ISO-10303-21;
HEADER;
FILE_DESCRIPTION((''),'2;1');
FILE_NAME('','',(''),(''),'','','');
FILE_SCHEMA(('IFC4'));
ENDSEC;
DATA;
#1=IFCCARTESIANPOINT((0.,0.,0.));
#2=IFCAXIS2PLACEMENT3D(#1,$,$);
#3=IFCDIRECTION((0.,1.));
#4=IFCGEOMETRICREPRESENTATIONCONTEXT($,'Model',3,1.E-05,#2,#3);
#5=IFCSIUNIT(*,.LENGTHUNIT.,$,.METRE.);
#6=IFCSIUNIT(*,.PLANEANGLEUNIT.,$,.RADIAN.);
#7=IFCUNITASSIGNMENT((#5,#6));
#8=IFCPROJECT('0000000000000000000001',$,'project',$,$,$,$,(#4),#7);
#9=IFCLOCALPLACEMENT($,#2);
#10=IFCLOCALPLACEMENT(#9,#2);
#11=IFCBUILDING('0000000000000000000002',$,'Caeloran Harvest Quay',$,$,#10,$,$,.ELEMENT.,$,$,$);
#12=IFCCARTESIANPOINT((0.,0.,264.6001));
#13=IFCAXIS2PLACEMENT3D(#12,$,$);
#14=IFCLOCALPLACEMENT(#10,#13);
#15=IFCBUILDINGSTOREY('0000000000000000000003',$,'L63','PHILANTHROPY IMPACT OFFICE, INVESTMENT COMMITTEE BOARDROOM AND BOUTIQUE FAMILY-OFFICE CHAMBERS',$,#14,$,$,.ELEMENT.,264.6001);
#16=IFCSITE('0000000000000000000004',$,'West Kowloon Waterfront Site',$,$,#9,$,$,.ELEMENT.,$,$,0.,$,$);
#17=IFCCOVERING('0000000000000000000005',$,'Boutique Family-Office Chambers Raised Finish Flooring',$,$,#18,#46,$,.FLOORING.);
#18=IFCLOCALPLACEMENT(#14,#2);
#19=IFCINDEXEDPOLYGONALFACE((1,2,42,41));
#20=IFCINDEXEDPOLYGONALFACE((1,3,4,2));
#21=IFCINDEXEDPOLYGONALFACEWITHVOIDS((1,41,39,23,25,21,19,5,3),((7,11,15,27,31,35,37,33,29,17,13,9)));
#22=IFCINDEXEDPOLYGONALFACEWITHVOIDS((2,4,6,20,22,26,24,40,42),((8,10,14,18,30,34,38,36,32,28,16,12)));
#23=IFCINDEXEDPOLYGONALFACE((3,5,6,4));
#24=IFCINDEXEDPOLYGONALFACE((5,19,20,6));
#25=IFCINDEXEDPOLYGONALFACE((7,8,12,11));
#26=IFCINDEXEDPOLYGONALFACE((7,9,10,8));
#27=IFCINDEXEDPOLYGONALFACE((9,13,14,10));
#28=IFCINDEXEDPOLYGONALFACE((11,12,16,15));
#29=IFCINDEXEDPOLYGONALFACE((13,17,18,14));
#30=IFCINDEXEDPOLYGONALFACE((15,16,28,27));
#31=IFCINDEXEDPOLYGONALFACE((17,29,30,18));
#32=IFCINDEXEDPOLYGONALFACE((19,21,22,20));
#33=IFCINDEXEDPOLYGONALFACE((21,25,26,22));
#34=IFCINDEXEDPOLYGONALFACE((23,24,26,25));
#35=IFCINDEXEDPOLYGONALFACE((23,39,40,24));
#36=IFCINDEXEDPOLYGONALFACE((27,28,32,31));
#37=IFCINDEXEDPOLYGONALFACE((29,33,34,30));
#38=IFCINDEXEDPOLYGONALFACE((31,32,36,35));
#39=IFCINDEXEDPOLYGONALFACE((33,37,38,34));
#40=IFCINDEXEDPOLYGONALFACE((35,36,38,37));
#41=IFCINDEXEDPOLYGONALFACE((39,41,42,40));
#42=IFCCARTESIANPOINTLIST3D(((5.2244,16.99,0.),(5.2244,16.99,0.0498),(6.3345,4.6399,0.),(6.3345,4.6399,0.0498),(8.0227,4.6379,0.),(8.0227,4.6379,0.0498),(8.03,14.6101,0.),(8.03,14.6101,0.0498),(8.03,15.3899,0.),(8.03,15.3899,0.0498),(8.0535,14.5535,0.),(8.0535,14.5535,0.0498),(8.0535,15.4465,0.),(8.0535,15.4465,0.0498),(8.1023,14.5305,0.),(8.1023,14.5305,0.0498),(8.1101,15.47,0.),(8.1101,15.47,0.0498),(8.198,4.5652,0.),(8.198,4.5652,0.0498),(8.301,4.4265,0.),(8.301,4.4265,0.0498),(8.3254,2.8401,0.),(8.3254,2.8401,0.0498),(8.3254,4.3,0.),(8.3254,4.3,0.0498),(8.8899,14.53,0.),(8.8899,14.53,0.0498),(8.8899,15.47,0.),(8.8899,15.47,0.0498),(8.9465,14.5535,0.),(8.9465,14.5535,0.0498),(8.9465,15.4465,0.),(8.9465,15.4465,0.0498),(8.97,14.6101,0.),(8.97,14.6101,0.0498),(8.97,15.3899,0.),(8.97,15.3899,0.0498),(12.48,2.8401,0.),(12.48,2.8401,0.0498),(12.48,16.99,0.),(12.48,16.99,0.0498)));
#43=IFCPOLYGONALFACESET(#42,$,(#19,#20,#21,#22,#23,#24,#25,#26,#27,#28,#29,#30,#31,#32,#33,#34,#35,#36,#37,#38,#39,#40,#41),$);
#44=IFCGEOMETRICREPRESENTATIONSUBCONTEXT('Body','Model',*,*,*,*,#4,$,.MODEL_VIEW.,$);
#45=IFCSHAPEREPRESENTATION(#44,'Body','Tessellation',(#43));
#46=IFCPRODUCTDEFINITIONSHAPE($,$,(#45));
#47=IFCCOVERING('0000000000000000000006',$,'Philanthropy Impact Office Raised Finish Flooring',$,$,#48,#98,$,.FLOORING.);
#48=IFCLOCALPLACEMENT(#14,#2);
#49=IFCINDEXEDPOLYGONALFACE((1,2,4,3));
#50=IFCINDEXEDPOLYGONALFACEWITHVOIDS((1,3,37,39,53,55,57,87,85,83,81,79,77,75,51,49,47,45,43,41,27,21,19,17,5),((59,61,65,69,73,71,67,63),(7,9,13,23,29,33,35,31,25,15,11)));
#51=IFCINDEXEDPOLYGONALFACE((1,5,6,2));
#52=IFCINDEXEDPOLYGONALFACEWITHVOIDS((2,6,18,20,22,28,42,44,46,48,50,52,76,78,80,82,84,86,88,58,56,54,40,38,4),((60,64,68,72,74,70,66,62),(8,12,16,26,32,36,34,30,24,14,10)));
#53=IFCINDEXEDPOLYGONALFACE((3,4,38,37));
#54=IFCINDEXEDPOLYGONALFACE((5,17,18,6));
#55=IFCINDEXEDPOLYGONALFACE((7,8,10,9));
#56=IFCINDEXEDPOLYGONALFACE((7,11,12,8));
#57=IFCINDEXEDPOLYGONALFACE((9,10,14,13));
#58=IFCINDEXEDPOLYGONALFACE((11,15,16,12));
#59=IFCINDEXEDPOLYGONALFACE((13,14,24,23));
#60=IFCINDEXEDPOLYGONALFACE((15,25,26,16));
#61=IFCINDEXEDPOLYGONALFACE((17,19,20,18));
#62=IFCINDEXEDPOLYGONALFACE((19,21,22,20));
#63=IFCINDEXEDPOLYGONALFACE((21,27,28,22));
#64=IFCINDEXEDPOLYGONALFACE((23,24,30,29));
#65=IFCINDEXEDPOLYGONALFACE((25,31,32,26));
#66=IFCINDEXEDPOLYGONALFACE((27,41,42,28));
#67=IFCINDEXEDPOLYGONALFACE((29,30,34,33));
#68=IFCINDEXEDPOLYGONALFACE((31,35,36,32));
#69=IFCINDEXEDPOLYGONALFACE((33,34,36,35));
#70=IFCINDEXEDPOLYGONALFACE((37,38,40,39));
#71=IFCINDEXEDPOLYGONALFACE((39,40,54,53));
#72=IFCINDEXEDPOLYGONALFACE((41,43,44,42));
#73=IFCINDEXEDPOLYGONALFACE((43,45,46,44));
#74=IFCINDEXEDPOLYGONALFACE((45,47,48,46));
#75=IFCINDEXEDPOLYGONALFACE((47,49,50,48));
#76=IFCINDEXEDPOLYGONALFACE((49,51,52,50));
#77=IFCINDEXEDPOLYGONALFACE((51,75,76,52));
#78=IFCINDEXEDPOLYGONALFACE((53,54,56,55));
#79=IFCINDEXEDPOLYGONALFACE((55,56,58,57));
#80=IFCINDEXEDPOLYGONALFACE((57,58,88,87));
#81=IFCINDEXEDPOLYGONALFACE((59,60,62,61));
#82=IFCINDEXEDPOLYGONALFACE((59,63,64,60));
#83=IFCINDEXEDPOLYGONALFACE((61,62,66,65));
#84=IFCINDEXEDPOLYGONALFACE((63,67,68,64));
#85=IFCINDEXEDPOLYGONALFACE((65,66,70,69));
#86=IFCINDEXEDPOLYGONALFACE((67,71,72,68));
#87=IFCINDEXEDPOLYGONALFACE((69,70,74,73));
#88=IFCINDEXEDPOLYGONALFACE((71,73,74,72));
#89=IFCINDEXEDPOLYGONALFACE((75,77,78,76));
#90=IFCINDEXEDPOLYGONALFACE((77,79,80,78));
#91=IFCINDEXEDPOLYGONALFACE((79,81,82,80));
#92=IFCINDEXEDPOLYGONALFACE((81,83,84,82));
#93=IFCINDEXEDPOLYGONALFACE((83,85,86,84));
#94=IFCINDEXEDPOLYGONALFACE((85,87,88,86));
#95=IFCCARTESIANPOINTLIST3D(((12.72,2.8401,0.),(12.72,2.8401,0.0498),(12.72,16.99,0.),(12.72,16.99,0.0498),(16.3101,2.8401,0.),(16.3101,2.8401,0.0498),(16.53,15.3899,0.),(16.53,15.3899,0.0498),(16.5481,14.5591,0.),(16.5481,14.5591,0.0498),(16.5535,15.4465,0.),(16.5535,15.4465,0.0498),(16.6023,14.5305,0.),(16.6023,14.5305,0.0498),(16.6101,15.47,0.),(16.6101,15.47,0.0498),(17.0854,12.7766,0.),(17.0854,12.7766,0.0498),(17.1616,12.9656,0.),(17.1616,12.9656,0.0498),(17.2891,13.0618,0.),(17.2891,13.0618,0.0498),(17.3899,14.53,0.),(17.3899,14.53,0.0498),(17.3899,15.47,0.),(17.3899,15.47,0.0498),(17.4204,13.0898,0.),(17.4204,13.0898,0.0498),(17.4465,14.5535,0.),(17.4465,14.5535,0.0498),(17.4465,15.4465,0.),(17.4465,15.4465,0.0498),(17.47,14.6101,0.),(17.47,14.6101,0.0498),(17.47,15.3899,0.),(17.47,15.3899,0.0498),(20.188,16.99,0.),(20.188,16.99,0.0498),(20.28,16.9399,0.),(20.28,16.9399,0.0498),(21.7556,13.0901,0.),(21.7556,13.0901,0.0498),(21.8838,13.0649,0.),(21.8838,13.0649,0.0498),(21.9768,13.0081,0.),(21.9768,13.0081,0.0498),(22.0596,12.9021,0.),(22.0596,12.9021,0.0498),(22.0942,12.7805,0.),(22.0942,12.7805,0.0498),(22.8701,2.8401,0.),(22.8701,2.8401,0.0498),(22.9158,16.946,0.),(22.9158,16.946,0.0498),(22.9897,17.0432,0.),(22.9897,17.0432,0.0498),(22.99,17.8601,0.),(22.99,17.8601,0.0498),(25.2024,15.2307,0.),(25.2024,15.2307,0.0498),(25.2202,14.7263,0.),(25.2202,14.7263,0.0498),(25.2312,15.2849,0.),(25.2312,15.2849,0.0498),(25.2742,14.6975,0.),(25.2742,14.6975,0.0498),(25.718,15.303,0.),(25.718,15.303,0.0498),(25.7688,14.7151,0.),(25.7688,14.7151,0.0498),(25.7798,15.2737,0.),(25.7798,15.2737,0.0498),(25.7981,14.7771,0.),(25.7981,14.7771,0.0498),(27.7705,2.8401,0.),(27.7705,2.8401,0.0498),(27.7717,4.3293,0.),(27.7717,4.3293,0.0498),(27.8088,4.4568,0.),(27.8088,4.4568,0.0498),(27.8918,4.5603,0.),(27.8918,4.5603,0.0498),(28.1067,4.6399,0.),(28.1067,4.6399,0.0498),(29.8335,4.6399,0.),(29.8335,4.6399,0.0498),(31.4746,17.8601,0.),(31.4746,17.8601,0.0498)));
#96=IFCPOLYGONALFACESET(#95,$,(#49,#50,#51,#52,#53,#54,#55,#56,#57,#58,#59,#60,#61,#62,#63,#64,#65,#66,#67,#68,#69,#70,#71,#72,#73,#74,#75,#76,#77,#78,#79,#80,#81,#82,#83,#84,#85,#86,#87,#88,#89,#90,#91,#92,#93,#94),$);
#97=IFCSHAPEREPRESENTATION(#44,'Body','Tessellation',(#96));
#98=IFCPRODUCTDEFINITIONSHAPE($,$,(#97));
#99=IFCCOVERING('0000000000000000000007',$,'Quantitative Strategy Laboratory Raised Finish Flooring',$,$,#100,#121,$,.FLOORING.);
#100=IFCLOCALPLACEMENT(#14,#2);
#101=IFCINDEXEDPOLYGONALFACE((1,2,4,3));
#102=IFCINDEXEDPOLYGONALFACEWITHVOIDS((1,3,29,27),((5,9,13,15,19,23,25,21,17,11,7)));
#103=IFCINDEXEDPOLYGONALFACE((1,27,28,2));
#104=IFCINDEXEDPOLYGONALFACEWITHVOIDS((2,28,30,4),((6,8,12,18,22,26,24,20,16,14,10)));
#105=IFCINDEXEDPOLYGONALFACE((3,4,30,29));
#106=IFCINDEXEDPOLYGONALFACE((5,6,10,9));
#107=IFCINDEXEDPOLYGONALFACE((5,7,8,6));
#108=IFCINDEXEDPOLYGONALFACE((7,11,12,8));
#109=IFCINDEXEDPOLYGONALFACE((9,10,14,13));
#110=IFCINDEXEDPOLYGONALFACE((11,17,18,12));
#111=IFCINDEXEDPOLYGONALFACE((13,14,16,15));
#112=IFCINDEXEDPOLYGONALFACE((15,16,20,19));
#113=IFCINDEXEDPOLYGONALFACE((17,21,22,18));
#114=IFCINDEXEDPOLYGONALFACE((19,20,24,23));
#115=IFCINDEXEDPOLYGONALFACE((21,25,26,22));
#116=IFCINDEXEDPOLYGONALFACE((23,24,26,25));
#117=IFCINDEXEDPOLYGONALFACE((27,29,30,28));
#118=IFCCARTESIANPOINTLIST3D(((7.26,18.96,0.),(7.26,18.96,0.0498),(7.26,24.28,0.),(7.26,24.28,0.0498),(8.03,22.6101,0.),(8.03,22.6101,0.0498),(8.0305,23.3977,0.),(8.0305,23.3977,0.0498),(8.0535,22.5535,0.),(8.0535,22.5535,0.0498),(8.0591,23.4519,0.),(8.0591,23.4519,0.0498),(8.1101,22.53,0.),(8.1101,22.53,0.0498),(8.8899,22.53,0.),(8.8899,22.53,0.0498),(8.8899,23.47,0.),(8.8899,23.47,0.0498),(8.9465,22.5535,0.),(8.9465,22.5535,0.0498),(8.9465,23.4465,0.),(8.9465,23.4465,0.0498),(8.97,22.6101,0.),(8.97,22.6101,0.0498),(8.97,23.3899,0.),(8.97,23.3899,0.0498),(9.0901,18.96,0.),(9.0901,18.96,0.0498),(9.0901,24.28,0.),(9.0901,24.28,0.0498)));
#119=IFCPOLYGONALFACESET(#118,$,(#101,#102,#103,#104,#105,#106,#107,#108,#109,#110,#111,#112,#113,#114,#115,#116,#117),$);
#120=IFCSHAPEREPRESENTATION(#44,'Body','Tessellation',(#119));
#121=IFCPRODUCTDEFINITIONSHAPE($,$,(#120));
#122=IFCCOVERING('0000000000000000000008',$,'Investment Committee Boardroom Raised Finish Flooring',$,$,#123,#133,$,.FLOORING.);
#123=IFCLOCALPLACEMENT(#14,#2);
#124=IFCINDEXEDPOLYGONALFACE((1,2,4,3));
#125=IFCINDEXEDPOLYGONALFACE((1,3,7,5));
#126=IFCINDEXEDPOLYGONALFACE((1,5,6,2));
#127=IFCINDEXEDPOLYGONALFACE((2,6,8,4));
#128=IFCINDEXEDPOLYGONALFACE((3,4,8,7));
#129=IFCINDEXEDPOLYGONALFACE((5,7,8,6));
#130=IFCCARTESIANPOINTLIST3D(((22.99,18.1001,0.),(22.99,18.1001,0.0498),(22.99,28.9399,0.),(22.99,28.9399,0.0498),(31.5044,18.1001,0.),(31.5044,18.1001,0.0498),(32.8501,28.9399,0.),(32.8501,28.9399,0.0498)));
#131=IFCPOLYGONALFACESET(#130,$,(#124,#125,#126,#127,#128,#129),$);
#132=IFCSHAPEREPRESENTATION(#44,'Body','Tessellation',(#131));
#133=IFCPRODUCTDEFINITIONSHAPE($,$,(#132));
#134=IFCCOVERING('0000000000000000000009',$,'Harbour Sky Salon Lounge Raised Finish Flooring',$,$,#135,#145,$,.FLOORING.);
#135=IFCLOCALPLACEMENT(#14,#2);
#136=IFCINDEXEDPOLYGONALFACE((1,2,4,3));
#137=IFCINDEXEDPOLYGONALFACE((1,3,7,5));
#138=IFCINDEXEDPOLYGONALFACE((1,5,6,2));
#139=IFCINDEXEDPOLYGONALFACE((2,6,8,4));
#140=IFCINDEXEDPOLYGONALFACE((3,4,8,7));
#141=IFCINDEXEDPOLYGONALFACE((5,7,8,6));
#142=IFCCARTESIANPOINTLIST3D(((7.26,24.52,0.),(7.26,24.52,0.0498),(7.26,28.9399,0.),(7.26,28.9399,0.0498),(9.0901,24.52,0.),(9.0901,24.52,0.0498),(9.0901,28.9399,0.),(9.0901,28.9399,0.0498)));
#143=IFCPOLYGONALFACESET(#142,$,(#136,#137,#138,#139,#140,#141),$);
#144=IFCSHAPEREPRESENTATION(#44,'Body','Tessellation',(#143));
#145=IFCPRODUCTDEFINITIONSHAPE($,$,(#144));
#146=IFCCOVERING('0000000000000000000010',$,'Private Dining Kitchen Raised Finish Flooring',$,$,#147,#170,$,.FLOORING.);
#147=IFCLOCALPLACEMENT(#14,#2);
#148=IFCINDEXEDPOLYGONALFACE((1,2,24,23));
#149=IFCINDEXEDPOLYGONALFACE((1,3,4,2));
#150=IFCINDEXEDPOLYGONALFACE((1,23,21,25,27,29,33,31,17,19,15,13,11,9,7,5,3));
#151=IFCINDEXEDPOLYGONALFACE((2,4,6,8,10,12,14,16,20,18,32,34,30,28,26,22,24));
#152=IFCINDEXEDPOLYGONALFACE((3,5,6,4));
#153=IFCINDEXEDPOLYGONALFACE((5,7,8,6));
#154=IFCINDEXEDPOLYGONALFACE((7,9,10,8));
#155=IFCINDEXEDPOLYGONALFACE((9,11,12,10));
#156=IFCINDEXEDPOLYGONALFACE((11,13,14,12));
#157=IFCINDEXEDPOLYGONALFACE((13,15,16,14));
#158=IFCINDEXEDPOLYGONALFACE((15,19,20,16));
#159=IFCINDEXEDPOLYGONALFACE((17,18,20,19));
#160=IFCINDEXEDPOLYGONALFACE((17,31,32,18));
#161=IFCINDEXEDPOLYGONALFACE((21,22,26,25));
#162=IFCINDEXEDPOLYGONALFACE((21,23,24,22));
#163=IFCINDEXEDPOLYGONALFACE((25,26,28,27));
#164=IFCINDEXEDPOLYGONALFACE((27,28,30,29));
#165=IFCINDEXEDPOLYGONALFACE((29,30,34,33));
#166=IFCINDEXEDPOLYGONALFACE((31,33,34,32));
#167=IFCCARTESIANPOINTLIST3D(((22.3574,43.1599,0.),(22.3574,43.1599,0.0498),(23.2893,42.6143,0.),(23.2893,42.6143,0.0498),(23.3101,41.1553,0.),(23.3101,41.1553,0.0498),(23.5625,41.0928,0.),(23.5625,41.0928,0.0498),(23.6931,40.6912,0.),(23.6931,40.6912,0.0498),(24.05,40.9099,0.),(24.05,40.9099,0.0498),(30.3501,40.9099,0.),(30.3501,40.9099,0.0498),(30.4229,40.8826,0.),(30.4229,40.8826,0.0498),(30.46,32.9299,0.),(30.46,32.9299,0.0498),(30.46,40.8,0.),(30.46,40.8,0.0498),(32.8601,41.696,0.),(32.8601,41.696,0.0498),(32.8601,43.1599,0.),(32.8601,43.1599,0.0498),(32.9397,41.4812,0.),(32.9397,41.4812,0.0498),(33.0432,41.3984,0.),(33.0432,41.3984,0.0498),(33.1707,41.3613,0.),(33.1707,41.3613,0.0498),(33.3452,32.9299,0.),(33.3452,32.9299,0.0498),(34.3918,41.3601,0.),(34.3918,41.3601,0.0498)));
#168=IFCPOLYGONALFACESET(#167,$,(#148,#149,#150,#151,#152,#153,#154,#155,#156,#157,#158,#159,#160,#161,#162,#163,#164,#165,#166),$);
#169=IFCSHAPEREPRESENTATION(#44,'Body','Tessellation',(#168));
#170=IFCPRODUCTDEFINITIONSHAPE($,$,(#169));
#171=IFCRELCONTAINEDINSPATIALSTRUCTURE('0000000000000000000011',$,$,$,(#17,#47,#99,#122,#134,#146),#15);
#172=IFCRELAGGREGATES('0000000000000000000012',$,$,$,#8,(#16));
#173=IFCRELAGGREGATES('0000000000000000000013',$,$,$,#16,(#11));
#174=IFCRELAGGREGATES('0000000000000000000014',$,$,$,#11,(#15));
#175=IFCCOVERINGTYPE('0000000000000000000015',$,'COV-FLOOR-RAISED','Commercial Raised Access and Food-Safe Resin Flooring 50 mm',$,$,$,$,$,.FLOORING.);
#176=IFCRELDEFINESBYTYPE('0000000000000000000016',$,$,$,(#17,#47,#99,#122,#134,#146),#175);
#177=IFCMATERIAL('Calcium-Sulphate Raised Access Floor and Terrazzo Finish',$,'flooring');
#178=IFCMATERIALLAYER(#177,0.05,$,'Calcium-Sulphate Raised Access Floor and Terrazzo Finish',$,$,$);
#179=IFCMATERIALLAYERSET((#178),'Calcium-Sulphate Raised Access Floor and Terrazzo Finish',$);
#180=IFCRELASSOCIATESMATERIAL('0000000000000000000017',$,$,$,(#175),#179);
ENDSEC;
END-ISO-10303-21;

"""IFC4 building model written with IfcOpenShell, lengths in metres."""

from ifc_helpers import new_model, si_unit, direction, frame, origin, place, context, subcontext, project, spatial, polyline, outline, extrude, material, layer, layer_set, type_object, element, save


model = new_model("IFC4")

# Units and contexts
model_context = context("Model", 3, precision=1e-05, world=origin(), true_north=direction((0.0, 1.0)))
body_context = subcontext(model_context, "Body", "Model", "MODEL_VIEW")
ifc_project = project(units=[si_unit("LENGTHUNIT", "METRE"), si_unit("PLANEANGLEUNIT", "RADIAN")], contexts=[model_context])

# Site, building, storey
site_placement = place(None, origin())
site = spatial("IfcSite", under=ifc_project, at=site_placement, Name="West Kowloon Waterfront Site", CompositionType="ELEMENT", RefElevation=0.0)
building_placement = place(site_placement, origin())
building = spatial("IfcBuilding", under=site, at=building_placement, Name="Caeloran Harvest Quay", CompositionType="ELEMENT")
storey_placement = place(building_placement, frame((0.0, 0.0, 264.6001)))
storey = spatial("IfcBuildingStorey", under=building, at=storey_placement, Name="L63", Description="PHILANTHROPY IMPACT OFFICE, INVESTMENT COMMITTEE BOARDROOM AND BOUTIQUE FAMILY-OFFICE CHAMBERS", CompositionType="ELEMENT", Elevation=264.6001)

# Coverings
ifc_material_1 = material(Name="Calcium-Sulphate Raised Access Floor and Terrazzo Finish", Category="flooring")
ifc_layer_1 = layer(ifc_material_1, 0.05, Name="Calcium-Sulphate Raised Access Floor and Terrazzo Finish")
ifc_layer_set_1 = layer_set([ifc_layer_1], Name="Calcium-Sulphate Raised Access Floor and Terrazzo Finish")
covering_type_1 = type_object("IfcCoveringType", Name="COV-FLOOR-RAISED", Description="Commercial Raised Access and Food-Safe Resin Flooring 50 mm", PredefinedType="FLOORING", material=ifc_layer_set_1)
covering_1_placement = place(storey_placement, origin())
element("IfcCovering", 1, at=covering_1_placement, inside=storey, type_object=covering_type_1, Name="Boutique Family-Office Chambers Raised Finish Flooring", PredefinedType="FLOORING", context=body_context, shape_type="SweptSolid", body=[
    extrude(outline(polyline([(8.301, 4.4265), (8.198, 4.5652), (8.0227, 4.6379), (6.3345, 4.6399), (5.2244, 16.99), (12.48, 16.99), (12.48, 2.8401), (8.3254, 2.8401), (8.3254, 4.3), (8.301, 4.4265)]), holes=[polyline([(8.03, 14.6101), (8.0535, 14.5535), (8.1023, 14.5305), (8.8899, 14.53), (8.9465, 14.5535), (8.97, 14.6101), (8.97, 15.3899), (8.9465, 15.4465), (8.8899, 15.47), (8.1101, 15.47), (8.0535, 15.4465), (8.03, 15.3899), (8.03, 14.6101)])]), origin(), (0.0, 0.0, 1.0), 0.0498),
])
covering_2_placement = place(storey_placement, origin())
element("IfcCovering", 2, at=covering_2_placement, inside=storey, type_object=covering_type_1, Name="Philanthropy Impact Office Raised Finish Flooring", PredefinedType="FLOORING", context=body_context, shape_type="SweptSolid", body=[
    extrude(outline(polyline([(20.188, 16.99), (20.28, 16.9399), (22.9158, 16.946), (22.9897, 17.0432), (22.99, 17.8601), (31.4746, 17.8601), (29.8335, 4.6399), (28.1067, 4.6399), (27.8918, 4.5603), (27.8088, 4.4568), (27.7717, 4.3293), (27.7705, 2.8401), (22.8701, 2.8401), (22.0942, 12.7805), (22.0596, 12.9021), (21.9768, 13.0081), (21.8838, 13.0649), (21.7556, 13.0901), (17.4204, 13.0898), (17.2891, 13.0618), (17.1616, 12.9656), (17.0854, 12.7766), (16.3101, 2.8401), (12.72, 2.8401), (12.72, 16.99), (20.188, 16.99)]), holes=[polyline([(25.2024, 15.2307), (25.2202, 14.7263), (25.2742, 14.6975), (25.7688, 14.7151), (25.7981, 14.7771), (25.7798, 15.2737), (25.718, 15.303), (25.2312, 15.2849), (25.2024, 15.2307)]), polyline([(16.53, 15.3899), (16.5481, 14.5591), (16.6023, 14.5305), (17.3899, 14.53), (17.4465, 14.5535), (17.47, 14.6101), (17.47, 15.3899), (17.4465, 15.4465), (17.3899, 15.47), (16.6101, 15.47), (16.5535, 15.4465), (16.53, 15.3899)])]), origin(), (0.0, 0.0, 1.0), 0.0498),
])
covering_3_placement = place(storey_placement, origin())
element("IfcCovering", 3, at=covering_3_placement, inside=storey, type_object=covering_type_1, Name="Quantitative Strategy Laboratory Raised Finish Flooring", PredefinedType="FLOORING", context=body_context, shape_type="SweptSolid", body=[
    extrude(outline(polyline([(9.0901, 18.96), (7.26, 18.96), (7.26, 24.28), (9.0901, 24.28), (9.0901, 18.96)]), holes=[polyline([(8.8899, 23.47), (8.0591, 23.4519), (8.0305, 23.3977), (8.03, 22.6101), (8.0535, 22.5535), (8.1101, 22.53), (8.8899, 22.53), (8.9465, 22.5535), (8.97, 22.6101), (8.97, 23.3899), (8.9465, 23.4465), (8.8899, 23.47)])]), origin(), (0.0, 0.0, 1.0), 0.0498),
])
covering_4_placement = place(storey_placement, origin())
element("IfcCovering", 4, at=covering_4_placement, inside=storey, type_object=covering_type_1, Name="Investment Committee Boardroom Raised Finish Flooring", PredefinedType="FLOORING", context=body_context, shape_type="SweptSolid", body=[
    extrude(outline(polyline([(32.8501, 28.9399), (31.5044, 18.1001), (22.99, 18.1001), (22.99, 28.9399), (32.8501, 28.9399)])), origin(), (0.0, 0.0, 1.0), 0.0498),
])
covering_5_placement = place(storey_placement, origin())
element("IfcCovering", 5, at=covering_5_placement, inside=storey, type_object=covering_type_1, Name="Harbour Sky Salon Lounge Raised Finish Flooring", PredefinedType="FLOORING", context=body_context, shape_type="SweptSolid", body=[
    extrude(outline(polyline([(7.26, 24.52), (7.26, 28.9399), (9.0901, 28.9399), (9.0901, 24.52), (7.26, 24.52)])), origin(), (0.0, 0.0, 1.0), 0.0498),
])
covering_6_placement = place(storey_placement, origin())
element("IfcCovering", 6, at=covering_6_placement, inside=storey, type_object=covering_type_1, Name="Private Dining Kitchen Raised Finish Flooring", PredefinedType="FLOORING", context=body_context, shape_type="SweptSolid", body=[
    extrude(outline(polyline([(24.05, 40.9099), (23.6931, 40.6912), (23.5625, 41.0928), (23.3101, 41.1553), (23.2893, 42.6143), (22.3574, 43.1599), (32.8601, 43.1599), (32.8601, 41.696), (32.9397, 41.4812), (33.0432, 41.3984), (33.1707, 41.3613), (34.3918, 41.3601), (33.3452, 32.9299), (30.46, 32.9299), (30.46, 40.8), (30.4229, 40.8826), (30.3501, 40.9099), (24.05, 40.9099)])), origin(), (0.0, 0.0, 1.0), 0.0498),
])

save(model, "model.ifc")
